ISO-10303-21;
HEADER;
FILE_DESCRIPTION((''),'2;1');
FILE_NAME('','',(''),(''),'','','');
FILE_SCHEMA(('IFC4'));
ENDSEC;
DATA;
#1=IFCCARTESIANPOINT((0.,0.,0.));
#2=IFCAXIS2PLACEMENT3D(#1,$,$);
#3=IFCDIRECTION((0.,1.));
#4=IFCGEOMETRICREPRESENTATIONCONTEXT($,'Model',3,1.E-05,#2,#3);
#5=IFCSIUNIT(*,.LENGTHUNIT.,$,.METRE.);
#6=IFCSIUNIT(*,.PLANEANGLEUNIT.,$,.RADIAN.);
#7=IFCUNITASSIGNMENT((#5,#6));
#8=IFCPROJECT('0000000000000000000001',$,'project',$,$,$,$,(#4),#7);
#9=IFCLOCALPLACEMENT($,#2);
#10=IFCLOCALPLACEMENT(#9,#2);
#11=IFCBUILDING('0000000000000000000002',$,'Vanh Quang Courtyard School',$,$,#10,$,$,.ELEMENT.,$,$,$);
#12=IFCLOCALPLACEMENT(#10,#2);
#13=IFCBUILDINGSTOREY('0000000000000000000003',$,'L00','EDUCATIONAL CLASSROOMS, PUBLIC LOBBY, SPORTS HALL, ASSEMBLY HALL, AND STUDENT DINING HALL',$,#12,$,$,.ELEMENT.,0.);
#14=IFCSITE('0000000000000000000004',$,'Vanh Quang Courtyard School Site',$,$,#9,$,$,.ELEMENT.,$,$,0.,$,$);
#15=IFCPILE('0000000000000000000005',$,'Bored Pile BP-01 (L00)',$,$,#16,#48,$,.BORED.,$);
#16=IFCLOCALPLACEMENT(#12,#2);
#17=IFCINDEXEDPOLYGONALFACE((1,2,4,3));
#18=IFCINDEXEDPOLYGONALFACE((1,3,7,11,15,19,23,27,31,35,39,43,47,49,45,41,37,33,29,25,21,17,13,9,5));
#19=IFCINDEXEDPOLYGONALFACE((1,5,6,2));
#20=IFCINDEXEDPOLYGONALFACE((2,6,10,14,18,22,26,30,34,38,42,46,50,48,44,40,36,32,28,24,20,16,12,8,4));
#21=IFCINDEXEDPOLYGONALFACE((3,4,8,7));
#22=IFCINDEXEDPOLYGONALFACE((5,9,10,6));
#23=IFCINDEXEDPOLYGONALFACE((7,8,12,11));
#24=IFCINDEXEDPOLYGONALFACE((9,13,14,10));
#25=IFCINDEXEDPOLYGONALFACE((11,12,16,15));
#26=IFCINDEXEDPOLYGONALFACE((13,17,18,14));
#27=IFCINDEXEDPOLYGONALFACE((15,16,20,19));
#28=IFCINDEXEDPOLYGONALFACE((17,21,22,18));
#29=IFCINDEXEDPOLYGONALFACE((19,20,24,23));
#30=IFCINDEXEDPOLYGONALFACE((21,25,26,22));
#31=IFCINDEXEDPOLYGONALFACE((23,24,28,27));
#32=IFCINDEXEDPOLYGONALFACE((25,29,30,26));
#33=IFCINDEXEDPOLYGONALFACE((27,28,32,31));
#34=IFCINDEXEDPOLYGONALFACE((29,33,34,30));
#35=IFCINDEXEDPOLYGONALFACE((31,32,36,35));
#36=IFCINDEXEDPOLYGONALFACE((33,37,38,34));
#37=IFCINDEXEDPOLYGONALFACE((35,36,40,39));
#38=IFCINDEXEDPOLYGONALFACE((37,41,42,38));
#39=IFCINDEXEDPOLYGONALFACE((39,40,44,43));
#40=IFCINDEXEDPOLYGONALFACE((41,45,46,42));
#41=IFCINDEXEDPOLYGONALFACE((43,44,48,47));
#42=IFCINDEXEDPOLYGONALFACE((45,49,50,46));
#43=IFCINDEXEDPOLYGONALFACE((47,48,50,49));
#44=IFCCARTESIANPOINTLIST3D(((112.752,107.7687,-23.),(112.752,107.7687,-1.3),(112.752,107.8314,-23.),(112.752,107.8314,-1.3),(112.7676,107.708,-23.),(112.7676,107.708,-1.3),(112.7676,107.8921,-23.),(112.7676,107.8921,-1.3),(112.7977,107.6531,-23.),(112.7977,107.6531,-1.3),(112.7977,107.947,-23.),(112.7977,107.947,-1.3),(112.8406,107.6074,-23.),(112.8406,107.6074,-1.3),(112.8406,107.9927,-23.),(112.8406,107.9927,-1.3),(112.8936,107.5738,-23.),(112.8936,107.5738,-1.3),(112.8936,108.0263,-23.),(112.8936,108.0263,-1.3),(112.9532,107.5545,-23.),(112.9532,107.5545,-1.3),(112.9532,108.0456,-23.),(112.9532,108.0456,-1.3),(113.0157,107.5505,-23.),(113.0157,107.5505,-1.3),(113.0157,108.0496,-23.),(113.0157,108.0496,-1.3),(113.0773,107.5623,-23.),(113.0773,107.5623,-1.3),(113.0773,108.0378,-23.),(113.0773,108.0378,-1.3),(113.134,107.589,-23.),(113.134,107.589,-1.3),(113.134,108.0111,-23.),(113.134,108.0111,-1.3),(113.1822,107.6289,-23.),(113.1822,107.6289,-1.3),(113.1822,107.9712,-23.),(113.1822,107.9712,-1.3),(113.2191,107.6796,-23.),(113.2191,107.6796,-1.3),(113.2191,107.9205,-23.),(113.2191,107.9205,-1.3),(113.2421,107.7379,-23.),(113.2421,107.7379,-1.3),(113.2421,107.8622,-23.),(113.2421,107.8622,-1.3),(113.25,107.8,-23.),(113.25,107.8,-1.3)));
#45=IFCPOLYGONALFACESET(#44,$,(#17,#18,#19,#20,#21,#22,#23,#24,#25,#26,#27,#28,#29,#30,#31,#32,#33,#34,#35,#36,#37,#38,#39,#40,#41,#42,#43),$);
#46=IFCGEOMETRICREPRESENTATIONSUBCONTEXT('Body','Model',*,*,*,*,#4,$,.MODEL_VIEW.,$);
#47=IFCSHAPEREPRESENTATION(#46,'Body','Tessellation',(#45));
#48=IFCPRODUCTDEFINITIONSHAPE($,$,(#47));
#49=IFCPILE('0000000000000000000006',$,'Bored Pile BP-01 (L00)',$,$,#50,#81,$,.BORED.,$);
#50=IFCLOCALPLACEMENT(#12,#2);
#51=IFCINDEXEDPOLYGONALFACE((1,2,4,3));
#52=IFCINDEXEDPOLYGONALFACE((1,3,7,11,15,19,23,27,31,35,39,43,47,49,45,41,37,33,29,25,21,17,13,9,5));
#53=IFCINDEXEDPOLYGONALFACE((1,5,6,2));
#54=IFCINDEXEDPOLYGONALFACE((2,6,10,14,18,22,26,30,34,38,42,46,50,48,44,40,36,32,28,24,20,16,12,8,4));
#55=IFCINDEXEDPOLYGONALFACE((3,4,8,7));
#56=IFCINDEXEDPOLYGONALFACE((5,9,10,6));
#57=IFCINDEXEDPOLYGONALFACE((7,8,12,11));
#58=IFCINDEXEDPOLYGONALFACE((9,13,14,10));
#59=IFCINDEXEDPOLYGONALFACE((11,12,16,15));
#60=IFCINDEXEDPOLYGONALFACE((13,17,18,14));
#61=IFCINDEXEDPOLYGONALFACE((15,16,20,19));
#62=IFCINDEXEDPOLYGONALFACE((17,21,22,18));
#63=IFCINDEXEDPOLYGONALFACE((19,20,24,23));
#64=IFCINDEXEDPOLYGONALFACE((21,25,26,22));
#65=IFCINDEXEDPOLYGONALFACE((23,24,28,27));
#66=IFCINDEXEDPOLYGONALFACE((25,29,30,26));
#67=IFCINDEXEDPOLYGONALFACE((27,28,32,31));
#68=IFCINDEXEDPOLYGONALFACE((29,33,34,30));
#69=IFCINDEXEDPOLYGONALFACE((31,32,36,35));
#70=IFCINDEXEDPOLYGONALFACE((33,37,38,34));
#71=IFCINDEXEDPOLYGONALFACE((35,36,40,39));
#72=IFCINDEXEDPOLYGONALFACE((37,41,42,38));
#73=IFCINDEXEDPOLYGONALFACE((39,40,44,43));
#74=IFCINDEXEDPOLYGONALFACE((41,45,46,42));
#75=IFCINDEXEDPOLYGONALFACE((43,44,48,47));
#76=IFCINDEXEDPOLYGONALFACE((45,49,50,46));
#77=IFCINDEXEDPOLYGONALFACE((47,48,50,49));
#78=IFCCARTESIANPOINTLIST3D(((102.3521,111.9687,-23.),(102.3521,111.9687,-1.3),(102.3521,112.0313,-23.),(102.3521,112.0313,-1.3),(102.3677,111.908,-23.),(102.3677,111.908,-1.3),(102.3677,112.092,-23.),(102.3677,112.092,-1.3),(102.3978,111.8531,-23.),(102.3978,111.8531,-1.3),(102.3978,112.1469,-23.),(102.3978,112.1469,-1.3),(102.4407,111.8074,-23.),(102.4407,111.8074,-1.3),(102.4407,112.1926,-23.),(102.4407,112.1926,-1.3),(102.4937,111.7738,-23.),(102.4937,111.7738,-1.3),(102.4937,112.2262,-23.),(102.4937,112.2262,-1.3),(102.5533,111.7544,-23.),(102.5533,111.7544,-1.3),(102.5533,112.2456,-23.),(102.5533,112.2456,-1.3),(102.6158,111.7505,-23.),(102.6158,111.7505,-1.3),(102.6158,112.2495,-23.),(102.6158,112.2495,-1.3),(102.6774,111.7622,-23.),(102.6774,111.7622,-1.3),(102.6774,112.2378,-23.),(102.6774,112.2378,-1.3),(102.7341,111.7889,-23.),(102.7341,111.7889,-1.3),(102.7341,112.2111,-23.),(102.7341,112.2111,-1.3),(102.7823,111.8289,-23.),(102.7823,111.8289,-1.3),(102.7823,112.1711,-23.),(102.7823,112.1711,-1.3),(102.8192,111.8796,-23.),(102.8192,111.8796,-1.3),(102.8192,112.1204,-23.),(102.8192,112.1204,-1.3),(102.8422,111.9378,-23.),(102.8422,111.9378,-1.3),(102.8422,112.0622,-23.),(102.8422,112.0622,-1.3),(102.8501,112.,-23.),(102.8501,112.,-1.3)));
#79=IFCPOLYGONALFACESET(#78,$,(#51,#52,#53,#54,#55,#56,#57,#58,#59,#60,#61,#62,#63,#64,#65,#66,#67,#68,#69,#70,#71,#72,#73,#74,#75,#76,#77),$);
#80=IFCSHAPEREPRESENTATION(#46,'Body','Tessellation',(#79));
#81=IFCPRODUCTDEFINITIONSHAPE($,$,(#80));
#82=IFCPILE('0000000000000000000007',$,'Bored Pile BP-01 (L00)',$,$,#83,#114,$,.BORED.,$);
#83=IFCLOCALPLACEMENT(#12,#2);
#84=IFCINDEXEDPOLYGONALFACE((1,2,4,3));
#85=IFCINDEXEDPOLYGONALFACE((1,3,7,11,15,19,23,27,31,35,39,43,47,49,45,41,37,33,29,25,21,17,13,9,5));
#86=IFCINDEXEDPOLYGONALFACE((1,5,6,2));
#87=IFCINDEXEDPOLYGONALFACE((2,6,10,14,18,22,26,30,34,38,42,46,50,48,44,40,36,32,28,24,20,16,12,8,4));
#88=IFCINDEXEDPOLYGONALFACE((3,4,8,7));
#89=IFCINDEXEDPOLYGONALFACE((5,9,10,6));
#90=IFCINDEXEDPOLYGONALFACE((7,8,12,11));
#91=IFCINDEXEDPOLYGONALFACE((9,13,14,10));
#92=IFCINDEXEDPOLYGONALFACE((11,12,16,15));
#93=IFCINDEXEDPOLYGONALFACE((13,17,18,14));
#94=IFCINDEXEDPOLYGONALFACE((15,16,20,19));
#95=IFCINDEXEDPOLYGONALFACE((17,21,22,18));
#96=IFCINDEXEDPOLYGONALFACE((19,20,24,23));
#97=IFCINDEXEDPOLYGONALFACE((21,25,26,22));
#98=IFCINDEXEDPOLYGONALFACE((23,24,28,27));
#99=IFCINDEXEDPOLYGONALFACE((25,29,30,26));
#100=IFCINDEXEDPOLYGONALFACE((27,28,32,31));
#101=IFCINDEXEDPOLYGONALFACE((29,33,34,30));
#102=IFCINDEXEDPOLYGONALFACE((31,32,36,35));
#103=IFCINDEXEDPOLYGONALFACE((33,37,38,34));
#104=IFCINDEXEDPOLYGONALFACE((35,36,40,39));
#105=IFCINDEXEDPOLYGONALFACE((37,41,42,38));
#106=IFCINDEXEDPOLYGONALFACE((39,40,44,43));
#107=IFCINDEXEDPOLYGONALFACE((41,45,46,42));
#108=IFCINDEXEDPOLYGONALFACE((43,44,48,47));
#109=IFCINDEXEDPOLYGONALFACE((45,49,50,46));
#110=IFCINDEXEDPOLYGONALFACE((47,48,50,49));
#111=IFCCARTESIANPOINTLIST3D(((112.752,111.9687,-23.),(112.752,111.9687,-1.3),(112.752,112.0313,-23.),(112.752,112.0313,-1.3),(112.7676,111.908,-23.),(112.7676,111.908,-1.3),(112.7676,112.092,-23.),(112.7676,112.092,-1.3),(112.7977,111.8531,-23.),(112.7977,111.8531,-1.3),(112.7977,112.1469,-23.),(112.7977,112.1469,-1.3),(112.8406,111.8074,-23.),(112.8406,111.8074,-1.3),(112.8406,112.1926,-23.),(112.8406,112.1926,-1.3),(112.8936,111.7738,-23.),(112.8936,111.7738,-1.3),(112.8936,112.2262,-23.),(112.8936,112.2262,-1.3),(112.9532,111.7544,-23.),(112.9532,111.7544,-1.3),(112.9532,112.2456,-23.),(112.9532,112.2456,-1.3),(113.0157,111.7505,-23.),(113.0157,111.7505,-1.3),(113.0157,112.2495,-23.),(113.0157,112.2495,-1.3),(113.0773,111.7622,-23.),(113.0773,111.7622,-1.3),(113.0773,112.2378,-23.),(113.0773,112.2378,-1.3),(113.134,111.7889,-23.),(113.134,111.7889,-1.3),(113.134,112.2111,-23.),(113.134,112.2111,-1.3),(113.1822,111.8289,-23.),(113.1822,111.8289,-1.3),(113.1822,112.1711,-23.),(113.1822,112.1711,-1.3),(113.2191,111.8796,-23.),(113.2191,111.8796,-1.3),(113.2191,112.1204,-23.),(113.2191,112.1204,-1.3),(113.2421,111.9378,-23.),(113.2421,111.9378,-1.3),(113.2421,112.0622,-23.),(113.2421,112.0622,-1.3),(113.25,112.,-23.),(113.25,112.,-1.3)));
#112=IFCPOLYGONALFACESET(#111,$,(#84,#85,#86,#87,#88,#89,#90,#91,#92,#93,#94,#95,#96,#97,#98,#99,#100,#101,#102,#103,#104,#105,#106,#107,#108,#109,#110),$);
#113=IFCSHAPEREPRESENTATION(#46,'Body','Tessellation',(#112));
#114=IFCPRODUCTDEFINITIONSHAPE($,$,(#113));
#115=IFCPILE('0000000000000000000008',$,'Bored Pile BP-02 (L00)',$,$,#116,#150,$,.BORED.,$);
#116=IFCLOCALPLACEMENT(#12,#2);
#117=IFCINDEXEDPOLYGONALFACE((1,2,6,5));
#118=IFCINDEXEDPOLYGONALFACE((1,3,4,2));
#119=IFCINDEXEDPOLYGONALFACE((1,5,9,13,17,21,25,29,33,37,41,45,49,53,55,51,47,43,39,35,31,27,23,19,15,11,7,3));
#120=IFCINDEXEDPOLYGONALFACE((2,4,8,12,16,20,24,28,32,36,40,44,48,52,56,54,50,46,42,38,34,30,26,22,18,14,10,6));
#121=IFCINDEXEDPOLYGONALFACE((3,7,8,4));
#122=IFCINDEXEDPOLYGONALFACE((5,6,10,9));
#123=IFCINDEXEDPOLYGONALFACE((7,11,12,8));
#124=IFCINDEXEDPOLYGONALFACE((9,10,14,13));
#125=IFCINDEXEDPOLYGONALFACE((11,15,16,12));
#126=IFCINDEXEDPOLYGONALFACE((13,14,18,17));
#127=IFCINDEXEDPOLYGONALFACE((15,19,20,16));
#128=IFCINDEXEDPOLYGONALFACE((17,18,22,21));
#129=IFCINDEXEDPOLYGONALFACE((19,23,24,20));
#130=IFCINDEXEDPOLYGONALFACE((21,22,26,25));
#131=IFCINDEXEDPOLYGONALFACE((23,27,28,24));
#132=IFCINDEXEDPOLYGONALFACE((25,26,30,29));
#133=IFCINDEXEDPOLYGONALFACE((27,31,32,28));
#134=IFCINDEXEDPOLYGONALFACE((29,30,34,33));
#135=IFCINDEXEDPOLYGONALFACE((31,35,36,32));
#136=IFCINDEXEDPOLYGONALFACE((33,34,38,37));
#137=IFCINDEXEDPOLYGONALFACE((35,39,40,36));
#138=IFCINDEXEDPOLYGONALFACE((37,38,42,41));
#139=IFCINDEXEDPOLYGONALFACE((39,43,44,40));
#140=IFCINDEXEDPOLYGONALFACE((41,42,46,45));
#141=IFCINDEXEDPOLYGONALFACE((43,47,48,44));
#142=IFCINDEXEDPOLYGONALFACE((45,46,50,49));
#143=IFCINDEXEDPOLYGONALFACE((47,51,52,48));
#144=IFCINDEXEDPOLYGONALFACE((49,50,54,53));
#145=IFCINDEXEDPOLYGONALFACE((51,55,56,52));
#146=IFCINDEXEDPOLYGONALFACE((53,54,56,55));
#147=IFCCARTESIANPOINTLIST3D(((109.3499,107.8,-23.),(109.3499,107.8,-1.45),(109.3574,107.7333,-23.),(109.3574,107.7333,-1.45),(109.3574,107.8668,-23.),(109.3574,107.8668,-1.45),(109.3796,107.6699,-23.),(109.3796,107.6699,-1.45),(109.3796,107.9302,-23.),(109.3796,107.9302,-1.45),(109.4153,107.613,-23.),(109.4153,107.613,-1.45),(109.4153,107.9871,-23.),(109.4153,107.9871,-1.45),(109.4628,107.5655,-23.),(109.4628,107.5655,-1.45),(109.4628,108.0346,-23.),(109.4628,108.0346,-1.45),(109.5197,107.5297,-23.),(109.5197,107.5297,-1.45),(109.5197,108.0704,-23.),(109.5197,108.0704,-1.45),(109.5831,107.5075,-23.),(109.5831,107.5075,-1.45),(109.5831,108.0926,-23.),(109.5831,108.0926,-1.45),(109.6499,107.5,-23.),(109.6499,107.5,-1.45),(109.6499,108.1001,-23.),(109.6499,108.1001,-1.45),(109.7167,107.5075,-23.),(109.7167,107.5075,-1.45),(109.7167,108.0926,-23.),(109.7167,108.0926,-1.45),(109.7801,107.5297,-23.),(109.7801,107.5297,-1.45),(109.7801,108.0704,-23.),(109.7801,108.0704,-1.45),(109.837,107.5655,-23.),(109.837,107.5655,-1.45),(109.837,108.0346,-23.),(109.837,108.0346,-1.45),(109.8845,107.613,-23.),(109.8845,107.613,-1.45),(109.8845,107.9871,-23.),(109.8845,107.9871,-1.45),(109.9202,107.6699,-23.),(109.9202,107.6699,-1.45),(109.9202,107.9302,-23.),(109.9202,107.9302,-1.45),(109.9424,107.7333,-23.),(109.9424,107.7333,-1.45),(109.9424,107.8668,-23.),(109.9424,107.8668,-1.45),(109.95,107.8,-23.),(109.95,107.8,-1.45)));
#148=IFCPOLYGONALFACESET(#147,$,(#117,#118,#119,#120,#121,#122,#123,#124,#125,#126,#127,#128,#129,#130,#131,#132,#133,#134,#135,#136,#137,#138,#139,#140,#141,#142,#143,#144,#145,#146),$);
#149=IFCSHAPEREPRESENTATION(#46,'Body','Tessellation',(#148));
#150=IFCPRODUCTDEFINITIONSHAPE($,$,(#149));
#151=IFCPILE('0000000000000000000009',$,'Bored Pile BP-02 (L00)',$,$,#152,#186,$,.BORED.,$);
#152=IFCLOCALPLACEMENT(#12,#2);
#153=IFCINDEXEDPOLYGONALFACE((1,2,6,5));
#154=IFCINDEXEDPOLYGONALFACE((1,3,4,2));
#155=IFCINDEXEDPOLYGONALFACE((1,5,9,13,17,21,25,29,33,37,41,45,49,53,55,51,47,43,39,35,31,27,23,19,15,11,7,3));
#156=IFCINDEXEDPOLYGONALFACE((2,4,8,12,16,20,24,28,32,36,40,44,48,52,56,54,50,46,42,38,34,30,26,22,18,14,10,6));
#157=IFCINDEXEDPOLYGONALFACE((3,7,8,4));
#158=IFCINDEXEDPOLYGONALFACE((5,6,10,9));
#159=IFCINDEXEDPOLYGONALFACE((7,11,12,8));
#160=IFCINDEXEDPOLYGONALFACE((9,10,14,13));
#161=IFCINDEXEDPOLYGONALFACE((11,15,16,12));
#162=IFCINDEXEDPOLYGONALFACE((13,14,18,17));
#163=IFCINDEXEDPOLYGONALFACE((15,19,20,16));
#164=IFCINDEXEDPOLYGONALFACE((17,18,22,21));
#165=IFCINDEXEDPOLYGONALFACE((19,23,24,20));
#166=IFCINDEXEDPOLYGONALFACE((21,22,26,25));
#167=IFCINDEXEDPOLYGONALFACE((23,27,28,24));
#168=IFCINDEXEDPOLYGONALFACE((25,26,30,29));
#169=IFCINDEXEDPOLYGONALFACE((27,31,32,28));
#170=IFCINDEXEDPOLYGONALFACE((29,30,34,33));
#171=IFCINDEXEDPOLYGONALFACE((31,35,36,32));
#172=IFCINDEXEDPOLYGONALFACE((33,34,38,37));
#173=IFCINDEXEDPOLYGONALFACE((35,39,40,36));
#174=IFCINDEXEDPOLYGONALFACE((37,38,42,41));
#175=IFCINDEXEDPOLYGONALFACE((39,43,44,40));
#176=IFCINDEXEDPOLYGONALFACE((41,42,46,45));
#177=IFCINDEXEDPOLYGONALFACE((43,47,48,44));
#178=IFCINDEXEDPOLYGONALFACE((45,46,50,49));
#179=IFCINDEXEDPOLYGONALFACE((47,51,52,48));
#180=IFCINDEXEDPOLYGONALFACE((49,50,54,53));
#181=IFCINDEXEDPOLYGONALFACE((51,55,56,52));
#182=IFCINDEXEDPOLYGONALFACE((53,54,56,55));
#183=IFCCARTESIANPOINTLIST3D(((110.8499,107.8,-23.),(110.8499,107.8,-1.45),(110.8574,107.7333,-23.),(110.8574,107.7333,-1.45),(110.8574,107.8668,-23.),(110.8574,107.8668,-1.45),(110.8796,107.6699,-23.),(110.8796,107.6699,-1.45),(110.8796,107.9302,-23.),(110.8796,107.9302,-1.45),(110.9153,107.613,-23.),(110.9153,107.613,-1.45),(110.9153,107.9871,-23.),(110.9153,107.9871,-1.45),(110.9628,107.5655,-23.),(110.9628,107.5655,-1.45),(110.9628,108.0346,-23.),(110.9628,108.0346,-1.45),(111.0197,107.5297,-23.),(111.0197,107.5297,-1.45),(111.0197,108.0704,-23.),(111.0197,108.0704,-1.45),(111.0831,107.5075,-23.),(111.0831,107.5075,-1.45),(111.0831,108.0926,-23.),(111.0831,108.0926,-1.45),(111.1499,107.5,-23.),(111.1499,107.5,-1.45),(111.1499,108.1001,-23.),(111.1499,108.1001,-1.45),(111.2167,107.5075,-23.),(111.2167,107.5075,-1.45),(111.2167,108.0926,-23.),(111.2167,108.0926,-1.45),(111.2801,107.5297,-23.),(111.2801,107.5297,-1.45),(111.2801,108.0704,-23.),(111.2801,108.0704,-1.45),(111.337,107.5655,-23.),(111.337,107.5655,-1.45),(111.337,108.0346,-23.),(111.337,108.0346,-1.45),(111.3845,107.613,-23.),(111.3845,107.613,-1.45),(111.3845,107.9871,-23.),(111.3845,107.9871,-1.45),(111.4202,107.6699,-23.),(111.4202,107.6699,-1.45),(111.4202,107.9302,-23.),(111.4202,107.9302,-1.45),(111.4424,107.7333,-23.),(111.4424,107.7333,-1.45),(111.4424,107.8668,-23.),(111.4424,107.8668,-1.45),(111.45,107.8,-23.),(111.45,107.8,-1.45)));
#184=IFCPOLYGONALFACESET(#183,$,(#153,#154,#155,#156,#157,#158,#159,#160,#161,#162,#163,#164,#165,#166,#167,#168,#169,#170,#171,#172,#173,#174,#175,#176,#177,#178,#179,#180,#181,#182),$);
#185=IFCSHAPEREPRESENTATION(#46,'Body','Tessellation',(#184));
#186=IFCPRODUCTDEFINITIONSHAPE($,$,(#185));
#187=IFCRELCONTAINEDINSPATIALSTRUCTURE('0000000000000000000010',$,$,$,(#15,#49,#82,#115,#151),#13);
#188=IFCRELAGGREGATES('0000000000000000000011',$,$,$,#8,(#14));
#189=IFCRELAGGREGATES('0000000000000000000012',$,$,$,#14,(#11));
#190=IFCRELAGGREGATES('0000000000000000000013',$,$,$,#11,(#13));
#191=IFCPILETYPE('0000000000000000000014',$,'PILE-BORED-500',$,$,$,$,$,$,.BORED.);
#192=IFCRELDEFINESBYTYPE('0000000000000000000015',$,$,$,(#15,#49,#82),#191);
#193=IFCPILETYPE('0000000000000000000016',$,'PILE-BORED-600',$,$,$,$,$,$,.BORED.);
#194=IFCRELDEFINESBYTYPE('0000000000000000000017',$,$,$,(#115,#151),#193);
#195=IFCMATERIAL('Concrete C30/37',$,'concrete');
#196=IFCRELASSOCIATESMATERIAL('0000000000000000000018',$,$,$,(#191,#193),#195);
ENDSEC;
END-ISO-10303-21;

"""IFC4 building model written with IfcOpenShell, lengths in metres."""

from ifc_helpers import new_model, si_unit, direction, frame, origin, origin_2d, place, context, subcontext, project, spatial, circle, extrude, material, material_profile, profile_set, type_object, element, save


model = new_model("IFC4")

# Units and contexts
model_context = context("Model", 3, precision=1e-05, world=origin(), true_north=direction((0.0, 1.0)))
body_context = subcontext(model_context, "Body", "Model", "MODEL_VIEW")
ifc_project = project(units=[si_unit("LENGTHUNIT", "METRE"), si_unit("PLANEANGLEUNIT", "RADIAN")], contexts=[model_context])

# Site, building, storey
site_placement = place(None, origin())
site = spatial("IfcSite", under=ifc_project, at=site_placement, Name="Vanh Quang Courtyard School Site", CompositionType="ELEMENT", RefElevation=0.0)
building_placement = place(site_placement, origin())
building = spatial("IfcBuilding", under=site, at=building_placement, Name="Vanh Quang Courtyard School", CompositionType="ELEMENT")
storey_placement = place(building_placement, origin())
storey = spatial("IfcBuildingStorey", under=building, at=storey_placement, Name="L00", Description="EDUCATIONAL CLASSROOMS, PUBLIC LOBBY, SPORTS HALL, ASSEMBLY HALL, AND STUDENT DINING HALL", CompositionType="ELEMENT", Elevation=0.0)

# Piles
ifc_material_1 = material(Name="Concrete C30/37", Category="concrete")
ifc_material_profile_1 = material_profile(ifc_material_1, circle(Radius=0.25, at=origin_2d()), Name="PILE D500")
ifc_profile_set_1 = profile_set([ifc_material_profile_1], Name="Concrete C30/37")
pile_type_1 = type_object("IfcPileType", Name="PILE-BORED-500", PredefinedType="BORED", material=ifc_profile_set_1)
for number, where, z_axis, x_axis, name in (
    (1, (113.0, 107.8, -1.3), (0.0, 0.0, -1.0), (1.0, 0.0, 0.0), "Bored Pile BP-01 (L00)"),
    (2, (102.6001, 112.0, -1.3), (0.0, 0.0, -1.0), (1.0, 0.0, 0.0), "Bored Pile BP-01 (L00)"),
    (3, (113.0, 112.0, -1.3), (0.0, 0.0, -1.0), (1.0, 0.0, 0.0), "Bored Pile BP-01 (L00)"),
):
    element("IfcPile", number, at=place(storey_placement, frame(where, z_axis=z_axis, x_axis=x_axis)), inside=storey, type_object=pile_type_1, Name=name, PredefinedType="BORED", context=body_context, shape_type="SweptSolid", body=[
        extrude(circle(Radius=0.25, at=origin_2d()), origin(), (0.0, 0.0, 1.0), 21.7),
    ])
ifc_material_profile_2 = material_profile(ifc_material_1, circle(Radius=0.3, at=origin_2d()), Name="PILE D600")
ifc_profile_set_2 = profile_set([ifc_material_profile_2], Name="Concrete C30/37")
pile_type_2 = type_object("IfcPileType", Name="PILE-BORED-600", PredefinedType="BORED", material=ifc_profile_set_2)
for number, where, z_axis, x_axis, name in (
    (4, (109.6499, 107.8, -1.45), (0.0, 0.0, -1.0), (1.0, 0.0, 0.0), "Bored Pile BP-02 (L00)"),
    (5, (111.1499, 107.8, -1.45), (0.0, 0.0, -1.0), (1.0, 0.0, 0.0), "Bored Pile BP-02 (L00)"),
):
    element("IfcPile", number, at=place(storey_placement, frame(where, z_axis=z_axis, x_axis=x_axis)), inside=storey, type_object=pile_type_2, Name=name, PredefinedType="BORED", context=body_context, shape_type="SweptSolid", body=[
        extrude(circle(Radius=0.3, at=origin_2d()), origin(), (0.0, 0.0, 1.0), 21.55),
    ])

save(model, "model.ifc")
